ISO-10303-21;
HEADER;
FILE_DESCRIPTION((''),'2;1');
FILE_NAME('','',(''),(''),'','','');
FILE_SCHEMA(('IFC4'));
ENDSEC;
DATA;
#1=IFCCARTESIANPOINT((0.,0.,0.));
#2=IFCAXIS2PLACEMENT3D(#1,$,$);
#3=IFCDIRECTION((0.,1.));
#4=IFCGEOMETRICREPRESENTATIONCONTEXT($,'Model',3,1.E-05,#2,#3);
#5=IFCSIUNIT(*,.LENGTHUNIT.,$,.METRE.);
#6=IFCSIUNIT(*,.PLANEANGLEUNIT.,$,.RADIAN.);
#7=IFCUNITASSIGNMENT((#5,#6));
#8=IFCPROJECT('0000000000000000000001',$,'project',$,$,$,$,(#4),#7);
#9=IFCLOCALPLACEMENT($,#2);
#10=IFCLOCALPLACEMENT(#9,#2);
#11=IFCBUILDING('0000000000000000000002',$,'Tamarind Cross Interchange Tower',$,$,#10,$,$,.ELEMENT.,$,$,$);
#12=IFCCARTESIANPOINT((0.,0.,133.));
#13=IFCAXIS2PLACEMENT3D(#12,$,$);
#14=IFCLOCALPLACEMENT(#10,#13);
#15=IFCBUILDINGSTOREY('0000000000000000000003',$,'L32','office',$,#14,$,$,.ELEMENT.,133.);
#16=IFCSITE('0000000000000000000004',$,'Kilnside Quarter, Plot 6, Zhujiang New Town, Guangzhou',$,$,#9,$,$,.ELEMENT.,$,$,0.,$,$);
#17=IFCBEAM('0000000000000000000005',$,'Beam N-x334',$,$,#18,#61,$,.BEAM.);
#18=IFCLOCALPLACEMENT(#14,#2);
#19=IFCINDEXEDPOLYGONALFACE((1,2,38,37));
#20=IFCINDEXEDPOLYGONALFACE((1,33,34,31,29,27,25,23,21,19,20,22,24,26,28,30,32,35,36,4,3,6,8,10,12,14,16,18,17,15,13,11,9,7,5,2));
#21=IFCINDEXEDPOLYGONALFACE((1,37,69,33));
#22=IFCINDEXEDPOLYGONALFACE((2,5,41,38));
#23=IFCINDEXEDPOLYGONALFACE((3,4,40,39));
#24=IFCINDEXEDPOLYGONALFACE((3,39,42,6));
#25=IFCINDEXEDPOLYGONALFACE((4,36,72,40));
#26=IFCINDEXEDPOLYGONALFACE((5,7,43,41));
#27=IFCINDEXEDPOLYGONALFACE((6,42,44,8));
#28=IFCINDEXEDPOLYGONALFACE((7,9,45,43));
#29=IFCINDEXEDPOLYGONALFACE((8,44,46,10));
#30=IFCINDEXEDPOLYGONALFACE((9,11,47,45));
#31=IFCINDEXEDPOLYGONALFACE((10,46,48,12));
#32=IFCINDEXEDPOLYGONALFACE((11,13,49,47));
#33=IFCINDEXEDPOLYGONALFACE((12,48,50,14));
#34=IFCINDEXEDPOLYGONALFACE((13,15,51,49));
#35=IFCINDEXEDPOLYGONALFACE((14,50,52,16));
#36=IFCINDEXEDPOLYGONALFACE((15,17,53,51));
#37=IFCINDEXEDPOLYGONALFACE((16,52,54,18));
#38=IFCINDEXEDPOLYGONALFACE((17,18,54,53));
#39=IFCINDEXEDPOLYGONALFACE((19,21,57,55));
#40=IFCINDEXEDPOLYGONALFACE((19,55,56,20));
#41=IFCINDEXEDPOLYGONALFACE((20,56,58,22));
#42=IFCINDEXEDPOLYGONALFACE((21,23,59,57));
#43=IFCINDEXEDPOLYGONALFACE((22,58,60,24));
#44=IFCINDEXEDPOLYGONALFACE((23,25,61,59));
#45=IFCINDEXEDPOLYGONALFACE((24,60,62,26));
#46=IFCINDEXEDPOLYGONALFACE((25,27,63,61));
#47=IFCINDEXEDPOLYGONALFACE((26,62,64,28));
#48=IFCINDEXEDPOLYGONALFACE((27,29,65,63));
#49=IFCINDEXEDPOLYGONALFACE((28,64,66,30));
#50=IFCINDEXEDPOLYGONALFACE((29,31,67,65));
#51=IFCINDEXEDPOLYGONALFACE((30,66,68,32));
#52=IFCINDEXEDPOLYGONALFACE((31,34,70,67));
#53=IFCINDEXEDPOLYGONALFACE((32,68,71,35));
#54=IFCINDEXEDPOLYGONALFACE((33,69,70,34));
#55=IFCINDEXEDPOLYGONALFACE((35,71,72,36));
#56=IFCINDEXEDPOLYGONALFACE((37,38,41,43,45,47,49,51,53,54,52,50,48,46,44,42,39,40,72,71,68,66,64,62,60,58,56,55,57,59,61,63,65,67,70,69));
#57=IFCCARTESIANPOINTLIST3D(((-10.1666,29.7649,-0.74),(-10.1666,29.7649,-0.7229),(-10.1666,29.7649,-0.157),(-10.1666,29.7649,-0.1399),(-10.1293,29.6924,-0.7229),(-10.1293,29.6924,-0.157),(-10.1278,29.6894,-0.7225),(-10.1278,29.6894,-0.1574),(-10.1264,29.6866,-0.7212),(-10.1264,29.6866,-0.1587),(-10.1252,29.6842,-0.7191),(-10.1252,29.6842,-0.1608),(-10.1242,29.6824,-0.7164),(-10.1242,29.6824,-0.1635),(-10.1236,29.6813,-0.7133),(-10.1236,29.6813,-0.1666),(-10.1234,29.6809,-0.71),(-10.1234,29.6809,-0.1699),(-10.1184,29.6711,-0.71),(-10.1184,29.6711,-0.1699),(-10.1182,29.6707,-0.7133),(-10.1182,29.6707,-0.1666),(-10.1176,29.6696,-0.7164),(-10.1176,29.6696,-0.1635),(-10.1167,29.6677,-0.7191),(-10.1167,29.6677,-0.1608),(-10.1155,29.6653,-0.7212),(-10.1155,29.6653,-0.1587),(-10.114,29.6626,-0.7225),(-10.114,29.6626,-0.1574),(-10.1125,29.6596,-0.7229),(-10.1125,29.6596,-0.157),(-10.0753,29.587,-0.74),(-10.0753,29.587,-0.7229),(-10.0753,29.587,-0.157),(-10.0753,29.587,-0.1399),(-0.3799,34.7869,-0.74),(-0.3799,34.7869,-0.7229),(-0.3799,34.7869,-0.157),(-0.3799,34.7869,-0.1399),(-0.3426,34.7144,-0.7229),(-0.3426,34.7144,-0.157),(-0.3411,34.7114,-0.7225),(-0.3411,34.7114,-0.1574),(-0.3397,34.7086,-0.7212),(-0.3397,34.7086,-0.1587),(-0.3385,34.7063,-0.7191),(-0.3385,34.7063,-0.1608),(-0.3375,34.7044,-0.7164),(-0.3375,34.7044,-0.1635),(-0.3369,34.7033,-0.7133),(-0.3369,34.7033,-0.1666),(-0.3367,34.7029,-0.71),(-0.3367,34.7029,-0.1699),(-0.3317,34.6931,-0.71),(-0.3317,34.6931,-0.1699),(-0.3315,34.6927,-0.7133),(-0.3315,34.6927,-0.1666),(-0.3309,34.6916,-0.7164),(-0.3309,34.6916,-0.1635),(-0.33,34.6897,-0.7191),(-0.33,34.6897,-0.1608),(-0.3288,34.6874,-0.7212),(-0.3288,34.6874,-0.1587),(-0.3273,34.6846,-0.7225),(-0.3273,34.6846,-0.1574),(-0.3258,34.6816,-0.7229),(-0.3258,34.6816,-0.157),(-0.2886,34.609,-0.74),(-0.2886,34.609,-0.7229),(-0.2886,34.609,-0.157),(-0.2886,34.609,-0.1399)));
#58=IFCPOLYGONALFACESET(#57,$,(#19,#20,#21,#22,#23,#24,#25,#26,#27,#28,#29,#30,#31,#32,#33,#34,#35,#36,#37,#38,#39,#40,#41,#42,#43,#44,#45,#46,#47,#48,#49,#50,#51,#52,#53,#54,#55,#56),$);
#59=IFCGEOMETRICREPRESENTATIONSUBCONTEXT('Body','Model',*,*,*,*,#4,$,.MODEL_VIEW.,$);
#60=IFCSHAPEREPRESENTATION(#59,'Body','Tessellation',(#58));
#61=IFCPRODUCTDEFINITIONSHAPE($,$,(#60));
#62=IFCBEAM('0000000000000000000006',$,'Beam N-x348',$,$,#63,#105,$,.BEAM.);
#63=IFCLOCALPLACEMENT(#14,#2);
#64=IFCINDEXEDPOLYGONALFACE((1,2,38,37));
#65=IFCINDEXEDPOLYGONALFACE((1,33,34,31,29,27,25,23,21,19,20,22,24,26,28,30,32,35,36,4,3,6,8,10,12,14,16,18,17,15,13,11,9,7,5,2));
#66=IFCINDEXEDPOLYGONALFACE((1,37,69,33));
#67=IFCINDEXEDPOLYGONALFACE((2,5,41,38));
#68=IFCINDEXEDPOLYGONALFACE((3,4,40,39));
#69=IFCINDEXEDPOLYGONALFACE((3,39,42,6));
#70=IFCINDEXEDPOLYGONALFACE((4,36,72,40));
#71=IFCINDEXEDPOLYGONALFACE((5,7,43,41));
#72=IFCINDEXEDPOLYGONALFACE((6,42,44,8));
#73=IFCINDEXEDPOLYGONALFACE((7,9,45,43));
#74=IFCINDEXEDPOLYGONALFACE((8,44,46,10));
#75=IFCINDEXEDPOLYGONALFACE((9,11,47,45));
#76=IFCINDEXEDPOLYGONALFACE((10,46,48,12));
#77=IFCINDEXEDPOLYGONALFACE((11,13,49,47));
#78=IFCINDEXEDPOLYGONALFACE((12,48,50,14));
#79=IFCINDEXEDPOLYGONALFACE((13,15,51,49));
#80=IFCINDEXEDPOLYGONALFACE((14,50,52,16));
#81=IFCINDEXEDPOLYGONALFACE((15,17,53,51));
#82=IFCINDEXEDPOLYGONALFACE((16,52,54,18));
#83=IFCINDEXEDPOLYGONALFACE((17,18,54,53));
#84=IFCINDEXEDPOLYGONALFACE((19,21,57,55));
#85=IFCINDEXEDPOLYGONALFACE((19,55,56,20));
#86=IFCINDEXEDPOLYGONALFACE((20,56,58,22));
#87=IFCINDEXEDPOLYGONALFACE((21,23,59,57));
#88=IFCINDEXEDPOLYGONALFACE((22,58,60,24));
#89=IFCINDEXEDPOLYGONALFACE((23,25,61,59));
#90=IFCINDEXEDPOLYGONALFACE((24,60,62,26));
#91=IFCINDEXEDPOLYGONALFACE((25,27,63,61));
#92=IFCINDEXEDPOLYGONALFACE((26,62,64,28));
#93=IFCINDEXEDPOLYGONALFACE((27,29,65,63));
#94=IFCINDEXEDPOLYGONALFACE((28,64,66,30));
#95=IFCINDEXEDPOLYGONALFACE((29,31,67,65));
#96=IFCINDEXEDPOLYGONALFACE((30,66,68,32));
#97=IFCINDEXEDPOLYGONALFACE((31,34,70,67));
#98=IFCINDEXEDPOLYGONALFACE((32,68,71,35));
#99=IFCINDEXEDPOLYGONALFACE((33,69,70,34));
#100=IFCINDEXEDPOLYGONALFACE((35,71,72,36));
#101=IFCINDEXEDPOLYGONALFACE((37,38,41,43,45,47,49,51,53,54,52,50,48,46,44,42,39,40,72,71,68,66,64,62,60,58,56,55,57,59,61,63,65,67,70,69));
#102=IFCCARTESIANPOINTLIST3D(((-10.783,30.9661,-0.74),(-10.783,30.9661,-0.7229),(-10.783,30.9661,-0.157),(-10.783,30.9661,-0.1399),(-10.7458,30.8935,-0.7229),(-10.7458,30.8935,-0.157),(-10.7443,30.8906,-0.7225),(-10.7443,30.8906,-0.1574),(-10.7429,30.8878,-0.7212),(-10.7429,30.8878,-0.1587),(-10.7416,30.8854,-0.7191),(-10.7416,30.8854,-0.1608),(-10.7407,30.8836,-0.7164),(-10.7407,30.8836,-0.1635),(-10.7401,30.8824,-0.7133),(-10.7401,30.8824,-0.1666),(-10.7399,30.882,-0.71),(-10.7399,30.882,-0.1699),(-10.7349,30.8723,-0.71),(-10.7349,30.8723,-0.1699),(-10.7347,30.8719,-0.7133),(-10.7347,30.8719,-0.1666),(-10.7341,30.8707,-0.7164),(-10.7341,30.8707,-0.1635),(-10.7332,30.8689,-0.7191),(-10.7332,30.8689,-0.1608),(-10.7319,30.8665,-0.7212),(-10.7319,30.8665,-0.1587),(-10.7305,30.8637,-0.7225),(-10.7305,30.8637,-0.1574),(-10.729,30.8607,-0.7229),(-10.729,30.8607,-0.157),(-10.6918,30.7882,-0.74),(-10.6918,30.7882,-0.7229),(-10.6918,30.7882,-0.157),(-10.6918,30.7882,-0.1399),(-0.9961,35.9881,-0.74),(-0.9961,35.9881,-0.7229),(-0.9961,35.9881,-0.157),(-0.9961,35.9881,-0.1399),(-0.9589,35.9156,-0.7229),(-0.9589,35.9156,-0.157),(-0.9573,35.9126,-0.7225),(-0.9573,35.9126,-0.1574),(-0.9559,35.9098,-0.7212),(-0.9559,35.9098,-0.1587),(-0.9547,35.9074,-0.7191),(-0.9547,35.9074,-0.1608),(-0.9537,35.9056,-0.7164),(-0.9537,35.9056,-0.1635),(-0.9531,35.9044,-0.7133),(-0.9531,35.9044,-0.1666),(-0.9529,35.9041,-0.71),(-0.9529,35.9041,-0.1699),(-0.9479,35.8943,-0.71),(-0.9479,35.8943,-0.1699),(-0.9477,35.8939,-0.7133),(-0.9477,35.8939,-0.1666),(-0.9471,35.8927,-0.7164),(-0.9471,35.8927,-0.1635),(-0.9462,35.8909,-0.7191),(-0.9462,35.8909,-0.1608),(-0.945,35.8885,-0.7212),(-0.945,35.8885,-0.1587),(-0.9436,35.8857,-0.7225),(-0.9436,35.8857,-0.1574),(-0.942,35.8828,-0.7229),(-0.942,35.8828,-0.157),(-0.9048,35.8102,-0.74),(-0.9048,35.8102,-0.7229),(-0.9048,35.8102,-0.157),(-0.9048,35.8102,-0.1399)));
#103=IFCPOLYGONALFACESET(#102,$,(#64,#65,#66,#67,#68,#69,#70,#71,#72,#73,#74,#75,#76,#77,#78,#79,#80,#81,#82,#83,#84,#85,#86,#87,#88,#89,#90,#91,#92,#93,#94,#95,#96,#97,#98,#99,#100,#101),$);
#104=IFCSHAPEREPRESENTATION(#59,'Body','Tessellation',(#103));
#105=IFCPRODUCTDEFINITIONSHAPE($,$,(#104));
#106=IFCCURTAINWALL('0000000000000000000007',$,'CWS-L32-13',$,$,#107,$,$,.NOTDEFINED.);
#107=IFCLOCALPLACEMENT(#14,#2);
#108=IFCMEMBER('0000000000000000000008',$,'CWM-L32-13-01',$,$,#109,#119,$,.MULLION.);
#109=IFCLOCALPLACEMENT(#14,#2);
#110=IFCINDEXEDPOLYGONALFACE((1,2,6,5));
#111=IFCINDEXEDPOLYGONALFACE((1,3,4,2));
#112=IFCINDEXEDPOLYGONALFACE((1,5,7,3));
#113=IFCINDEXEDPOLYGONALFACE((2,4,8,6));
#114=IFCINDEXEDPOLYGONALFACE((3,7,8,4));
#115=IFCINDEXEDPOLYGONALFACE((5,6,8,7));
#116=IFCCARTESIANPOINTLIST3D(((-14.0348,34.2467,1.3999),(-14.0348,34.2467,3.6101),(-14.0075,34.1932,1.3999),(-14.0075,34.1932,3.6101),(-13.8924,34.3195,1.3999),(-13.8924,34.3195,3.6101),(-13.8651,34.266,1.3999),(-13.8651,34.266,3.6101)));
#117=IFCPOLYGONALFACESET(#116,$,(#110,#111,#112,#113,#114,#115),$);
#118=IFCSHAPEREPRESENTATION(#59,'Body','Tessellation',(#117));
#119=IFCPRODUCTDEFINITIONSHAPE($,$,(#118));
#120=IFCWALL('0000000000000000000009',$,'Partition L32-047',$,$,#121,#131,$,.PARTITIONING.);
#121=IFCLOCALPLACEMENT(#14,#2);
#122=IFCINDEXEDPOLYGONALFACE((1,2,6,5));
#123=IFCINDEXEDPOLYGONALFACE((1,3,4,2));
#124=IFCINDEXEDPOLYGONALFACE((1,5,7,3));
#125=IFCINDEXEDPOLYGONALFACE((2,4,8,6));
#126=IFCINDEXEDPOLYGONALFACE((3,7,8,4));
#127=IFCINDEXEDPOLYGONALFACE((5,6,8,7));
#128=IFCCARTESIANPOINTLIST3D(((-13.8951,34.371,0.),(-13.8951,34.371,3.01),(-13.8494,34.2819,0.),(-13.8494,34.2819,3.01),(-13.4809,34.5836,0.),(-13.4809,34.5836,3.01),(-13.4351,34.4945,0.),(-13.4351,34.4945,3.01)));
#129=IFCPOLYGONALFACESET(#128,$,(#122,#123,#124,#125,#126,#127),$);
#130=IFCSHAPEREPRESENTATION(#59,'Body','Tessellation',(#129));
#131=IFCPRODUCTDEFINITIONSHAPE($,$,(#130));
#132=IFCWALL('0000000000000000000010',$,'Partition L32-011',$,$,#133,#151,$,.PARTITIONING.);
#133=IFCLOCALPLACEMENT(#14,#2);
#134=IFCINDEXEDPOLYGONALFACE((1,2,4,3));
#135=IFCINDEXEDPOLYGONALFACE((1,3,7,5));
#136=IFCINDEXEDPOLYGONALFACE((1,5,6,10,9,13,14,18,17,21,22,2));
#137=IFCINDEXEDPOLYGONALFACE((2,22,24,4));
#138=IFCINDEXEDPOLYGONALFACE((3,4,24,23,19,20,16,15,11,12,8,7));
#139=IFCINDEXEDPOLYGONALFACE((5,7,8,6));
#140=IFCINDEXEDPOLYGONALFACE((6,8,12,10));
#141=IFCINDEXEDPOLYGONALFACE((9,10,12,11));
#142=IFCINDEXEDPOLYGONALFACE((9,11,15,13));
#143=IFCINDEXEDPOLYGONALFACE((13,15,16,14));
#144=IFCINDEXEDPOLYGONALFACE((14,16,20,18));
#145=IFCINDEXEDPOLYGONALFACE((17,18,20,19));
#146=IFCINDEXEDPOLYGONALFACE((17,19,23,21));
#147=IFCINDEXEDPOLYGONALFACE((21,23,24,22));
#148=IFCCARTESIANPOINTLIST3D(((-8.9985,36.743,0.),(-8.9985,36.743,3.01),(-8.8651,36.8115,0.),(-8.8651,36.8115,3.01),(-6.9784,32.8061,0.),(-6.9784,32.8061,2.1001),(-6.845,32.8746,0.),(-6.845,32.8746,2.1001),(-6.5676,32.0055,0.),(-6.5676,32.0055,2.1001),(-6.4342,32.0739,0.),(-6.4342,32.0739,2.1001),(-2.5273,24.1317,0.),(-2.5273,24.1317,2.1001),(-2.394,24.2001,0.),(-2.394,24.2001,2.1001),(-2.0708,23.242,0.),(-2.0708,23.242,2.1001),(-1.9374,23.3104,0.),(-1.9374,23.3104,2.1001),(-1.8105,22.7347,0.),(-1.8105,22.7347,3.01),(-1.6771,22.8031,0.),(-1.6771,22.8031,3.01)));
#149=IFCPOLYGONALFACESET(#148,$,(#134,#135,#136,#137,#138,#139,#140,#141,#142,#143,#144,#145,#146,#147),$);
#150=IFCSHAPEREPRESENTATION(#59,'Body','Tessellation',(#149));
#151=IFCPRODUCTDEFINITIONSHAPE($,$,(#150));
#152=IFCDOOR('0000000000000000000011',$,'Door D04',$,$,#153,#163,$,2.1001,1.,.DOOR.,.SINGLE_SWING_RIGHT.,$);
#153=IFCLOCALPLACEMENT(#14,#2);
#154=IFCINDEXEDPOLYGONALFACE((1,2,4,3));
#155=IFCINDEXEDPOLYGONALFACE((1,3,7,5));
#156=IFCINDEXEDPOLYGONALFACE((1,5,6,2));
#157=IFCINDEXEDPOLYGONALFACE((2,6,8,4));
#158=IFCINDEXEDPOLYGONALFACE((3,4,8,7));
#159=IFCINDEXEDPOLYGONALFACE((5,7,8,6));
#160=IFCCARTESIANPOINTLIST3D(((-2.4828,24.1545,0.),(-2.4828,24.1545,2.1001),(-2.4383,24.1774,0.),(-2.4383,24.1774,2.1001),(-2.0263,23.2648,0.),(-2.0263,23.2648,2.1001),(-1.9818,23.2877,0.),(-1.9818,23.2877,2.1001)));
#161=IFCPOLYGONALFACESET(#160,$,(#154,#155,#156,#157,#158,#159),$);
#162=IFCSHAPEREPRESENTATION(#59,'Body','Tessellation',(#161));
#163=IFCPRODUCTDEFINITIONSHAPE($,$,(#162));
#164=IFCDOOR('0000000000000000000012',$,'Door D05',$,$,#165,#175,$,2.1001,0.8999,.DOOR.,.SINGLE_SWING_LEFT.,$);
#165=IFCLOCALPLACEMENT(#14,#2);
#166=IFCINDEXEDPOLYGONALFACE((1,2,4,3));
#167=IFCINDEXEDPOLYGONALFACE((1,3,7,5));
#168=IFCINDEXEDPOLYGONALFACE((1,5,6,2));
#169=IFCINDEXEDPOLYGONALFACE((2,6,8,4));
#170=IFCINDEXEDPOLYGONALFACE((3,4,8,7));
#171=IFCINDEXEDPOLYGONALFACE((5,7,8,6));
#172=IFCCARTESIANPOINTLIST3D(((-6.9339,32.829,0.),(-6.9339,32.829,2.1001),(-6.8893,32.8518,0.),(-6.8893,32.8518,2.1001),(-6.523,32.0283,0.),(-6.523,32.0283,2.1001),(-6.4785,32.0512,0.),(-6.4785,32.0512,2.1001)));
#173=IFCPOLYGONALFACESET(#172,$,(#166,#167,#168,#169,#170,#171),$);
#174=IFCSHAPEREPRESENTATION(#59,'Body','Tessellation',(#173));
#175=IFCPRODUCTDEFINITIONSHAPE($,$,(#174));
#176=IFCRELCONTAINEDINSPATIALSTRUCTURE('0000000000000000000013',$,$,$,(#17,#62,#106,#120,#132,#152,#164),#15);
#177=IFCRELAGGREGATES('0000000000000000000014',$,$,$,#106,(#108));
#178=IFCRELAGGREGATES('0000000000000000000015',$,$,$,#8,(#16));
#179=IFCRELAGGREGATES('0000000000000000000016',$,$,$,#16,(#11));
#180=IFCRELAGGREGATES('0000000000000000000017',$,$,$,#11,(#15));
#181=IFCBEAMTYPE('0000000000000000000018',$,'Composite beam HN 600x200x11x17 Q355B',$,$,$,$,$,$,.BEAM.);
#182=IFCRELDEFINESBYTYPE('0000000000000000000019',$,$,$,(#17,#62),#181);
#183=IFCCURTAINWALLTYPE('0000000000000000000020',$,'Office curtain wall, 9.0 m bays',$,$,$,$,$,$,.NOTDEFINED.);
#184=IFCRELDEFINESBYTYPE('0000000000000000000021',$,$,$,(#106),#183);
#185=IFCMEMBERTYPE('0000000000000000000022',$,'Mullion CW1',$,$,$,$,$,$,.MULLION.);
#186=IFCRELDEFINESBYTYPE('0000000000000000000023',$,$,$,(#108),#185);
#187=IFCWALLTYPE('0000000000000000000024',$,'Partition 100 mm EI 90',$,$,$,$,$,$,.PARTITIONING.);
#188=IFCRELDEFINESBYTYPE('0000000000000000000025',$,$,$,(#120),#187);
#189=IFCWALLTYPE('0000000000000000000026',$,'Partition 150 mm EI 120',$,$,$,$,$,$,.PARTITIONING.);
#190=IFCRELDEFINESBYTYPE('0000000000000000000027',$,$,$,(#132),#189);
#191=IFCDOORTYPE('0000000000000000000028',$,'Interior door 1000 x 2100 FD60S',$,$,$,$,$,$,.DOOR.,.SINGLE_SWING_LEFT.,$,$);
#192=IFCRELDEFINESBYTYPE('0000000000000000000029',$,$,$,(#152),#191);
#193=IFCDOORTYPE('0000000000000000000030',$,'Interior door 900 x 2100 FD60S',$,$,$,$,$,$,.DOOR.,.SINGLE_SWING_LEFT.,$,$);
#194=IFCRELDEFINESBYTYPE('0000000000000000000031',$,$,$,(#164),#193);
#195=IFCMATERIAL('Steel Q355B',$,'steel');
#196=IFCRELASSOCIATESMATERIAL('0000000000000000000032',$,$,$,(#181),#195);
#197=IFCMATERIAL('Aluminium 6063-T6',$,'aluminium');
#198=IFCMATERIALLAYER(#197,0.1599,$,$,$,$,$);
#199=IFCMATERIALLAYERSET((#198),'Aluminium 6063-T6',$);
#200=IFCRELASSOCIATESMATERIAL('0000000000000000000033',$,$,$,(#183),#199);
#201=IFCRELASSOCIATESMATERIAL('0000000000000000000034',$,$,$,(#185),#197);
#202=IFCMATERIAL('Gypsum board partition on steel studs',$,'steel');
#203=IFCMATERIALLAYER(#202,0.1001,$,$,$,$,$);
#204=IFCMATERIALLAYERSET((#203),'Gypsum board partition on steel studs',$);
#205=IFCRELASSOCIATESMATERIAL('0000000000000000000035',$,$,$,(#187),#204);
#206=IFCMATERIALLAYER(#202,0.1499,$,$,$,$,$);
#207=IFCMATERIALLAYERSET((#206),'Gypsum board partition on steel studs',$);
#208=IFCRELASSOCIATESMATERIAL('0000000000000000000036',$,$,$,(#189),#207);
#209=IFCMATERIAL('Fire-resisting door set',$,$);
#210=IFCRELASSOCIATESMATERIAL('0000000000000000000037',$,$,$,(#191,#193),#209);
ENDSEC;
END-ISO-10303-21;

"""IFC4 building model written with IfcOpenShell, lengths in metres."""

from ifc_helpers import new_model, si_unit, direction, frame, frame_2d, origin, origin_2d, place, context, subcontext, project, spatial, rectangle, i_section, extrude, material, layer, layer_set, material_profile, profile_set, type_object, element, fill, aggregate, save


model = new_model("IFC4")

# Units and contexts
model_context = context("Model", 3, precision=1e-05, world=origin(), true_north=direction((0.0, 1.0)))
body_context = subcontext(model_context, "Body", "Model", "MODEL_VIEW")
ifc_project = project(units=[si_unit("LENGTHUNIT", "METRE"), si_unit("PLANEANGLEUNIT", "RADIAN")], contexts=[model_context])

# Site, building, storey
site_placement = place(None, origin())
site = spatial("IfcSite", under=ifc_project, at=site_placement, Name="Kilnside Quarter, Plot 6, Zhujiang New Town, Guangzhou", CompositionType="ELEMENT", RefElevation=0.0)
building_placement = place(site_placement, origin())
building = spatial("IfcBuilding", under=site, at=building_placement, Name="Tamarind Cross Interchange Tower", CompositionType="ELEMENT")
storey_placement = place(building_placement, frame((0.0, 0.0, 133.0)))
storey = spatial("IfcBuildingStorey", under=building, at=storey_placement, Name="L32", Description="office", CompositionType="ELEMENT", Elevation=133.0)

# Beams
ifc_material_1 = material(Name="Steel Q355B", Category="steel")
ifc_material_profile_1 = material_profile(ifc_material_1, i_section(OverallWidth=0.2, OverallDepth=0.6001, WebThickness=0.011, FlangeThickness=0.0171, FilletRadius=0.0129, at=origin_2d()), Name="HN 600x200x11x17")
ifc_profile_set_1 = profile_set([ifc_material_profile_1], Name="Steel Q355B")
beam_type_1 = type_object("IfcBeamType", Name="Composite beam HN 600x200x11x17 Q355B", PredefinedType="BEAM", material=ifc_profile_set_1)
beam_1_placement = place(storey_placement, frame((-0.3342, 34.698, -0.4399), z_axis=(-0.8897, -0.456546, 0.0), x_axis=(0.456546, -0.8897, 0.0)))
element("IfcBeam", 1, at=beam_1_placement, inside=storey, type_object=beam_type_1, Name="Beam N-x334", PredefinedType="BEAM", context=body_context, shape_type="SweptSolid", body=[
    extrude(i_section(OverallWidth=0.2, OverallDepth=0.6001, WebThickness=0.011, FlangeThickness=0.0171, FilletRadius=0.0129, at=origin_2d()), origin(), (0.0, 0.0, 1.0), 11.0),
])
beam_2_placement = place(storey_placement, frame((-0.9504, 35.8992, -0.4399), z_axis=(-0.889704, -0.456537, 0.0), x_axis=(0.456537, -0.889704, 0.0)))
element("IfcBeam", 2, at=beam_2_placement, inside=storey, type_object=beam_type_1, Name="Beam N-x348", PredefinedType="BEAM", context=body_context, shape_type="SweptSolid", body=[
    extrude(i_section(OverallWidth=0.2, OverallDepth=0.6001, WebThickness=0.011, FlangeThickness=0.0171, FilletRadius=0.0129, at=origin_2d()), origin(), (0.0, 0.0, 1.0), 11.0002),
])

# Curtain wall, member
ifc_material_2 = material(Name="Aluminium 6063-T6", Category="aluminium")
ifc_layer_1 = layer(ifc_material_2, 0.1599)
ifc_layer_set_1 = layer_set([ifc_layer_1], Name="Aluminium 6063-T6")
curtain_wall_type = type_object("IfcCurtainWallType", Name="Office curtain wall, 9.0 m bays", PredefinedType="NOTDEFINED", material=ifc_layer_set_1)
curtain_wall_placement = place(storey_placement, origin())
curtain_wall = element("IfcCurtainWall", 3, at=curtain_wall_placement, inside=storey, type_object=curtain_wall_type, Name="CWS-L32-13", PredefinedType="NOTDEFINED")
ifc_material_profile_2 = material_profile(ifc_material_2, rectangle(XDim=0.0601, YDim=0.1599, at=origin_2d()), Name="Mullion CW1")
ifc_profile_set_2 = profile_set([ifc_material_profile_2], Name="Aluminium 6063-T6")
member_type = type_object("IfcMemberType", Name="Mullion CW1", PredefinedType="MULLION", material=ifc_profile_set_2)
member_placement = place(storey_placement, frame((-13.95, 34.2563, 1.3999), z_axis=(0.0, 0.0, 1.0), x_axis=(0.454847, -0.89057, 0.0)))
member = element("IfcMember", 4, at=member_placement, type_object=member_type, Name="CWM-L32-13-01", PredefinedType="MULLION", context=body_context, shape_type="SweptSolid", body=[
    extrude(rectangle(XDim=0.0601, YDim=0.1599, at=origin_2d()), origin(), (0.0, 0.0, 1.0), 2.2102),
])
aggregate(curtain_wall, [member])

# Wall
ifc_material_3 = material(Name="Gypsum board partition on steel studs", Category="steel")
ifc_layer_2 = layer(ifc_material_3, 0.1001)
ifc_layer_set_2 = layer_set([ifc_layer_2], Name="Gypsum board partition on steel studs")
wall_type_1 = type_object("IfcWallType", Name="Partition 100 mm EI 90", PredefinedType="PARTITIONING", material=ifc_layer_set_2)
wall_1_placement = place(storey_placement, frame((-13.8723, 34.3264, 0.0), z_axis=(0.0, 0.0, 1.0), x_axis=(0.889659, 0.456625, 0.0)))
element("IfcWall", 5, at=wall_1_placement, inside=storey, type_object=wall_type_1, Name="Partition L32-047", PredefinedType="PARTITIONING", context=body_context, shape_type="SweptSolid", body=[
    extrude(rectangle(XDim=0.4656, YDim=0.1001, at=frame_2d((0.2329, 0.0))), origin(), (0.0, 0.0, 1.0), 3.01),
])

# Wall, openings, doors
ifc_layer_3 = layer(ifc_material_3, 0.1499)
ifc_layer_set_3 = layer_set([ifc_layer_3], Name="Gypsum board partition on steel studs")
wall_type_2 = type_object("IfcWallType", Name="Partition 150 mm EI 120", PredefinedType="PARTITIONING", material=ifc_layer_set_3)
wall_2_placement = place(storey_placement, frame((-8.9319, 36.7773, 0.0), z_axis=(0.0, 0.0, 1.0), x_axis=(0.45653, -0.889708, 0.0)))
wall_2 = element("IfcWall", 6, at=wall_2_placement, inside=storey, type_object=wall_type_2, Name="Partition L32-011", PredefinedType="PARTITIONING", context=body_context, shape_type="SweptSolid", body=[
    extrude(rectangle(XDim=15.7449, YDim=0.1499, at=frame_2d((7.8726, 0.0))), origin(), (0.0, 0.0, 1.0), 3.01),
])
opening_1_placement = place(wall_2_placement, frame((14.1748, 0.0, 0.0)))
opening_1 = element("IfcOpeningElement", 7, at=opening_1_placement, cuts=wall_2, PredefinedType="OPENING", context=body_context, shape_type="SweptSolid", body=[
    extrude(rectangle(XDim=1.0, YDim=2.1001, at=frame_2d((0.5, 1.05))), frame((0.0, 0.085, 0.0), z_axis=(0.0, -1.0, 0.0), x_axis=(1.0, 0.0, 0.0)), (0.0, 0.0, 1.0), 0.1699),
])
opening_2_placement = place(wall_2_placement, frame((4.425, 0.0, 0.0)))
opening_2 = element("IfcOpeningElement", 8, at=opening_2_placement, cuts=wall_2, PredefinedType="OPENING", context=body_context, shape_type="SweptSolid", body=[
    extrude(rectangle(XDim=0.8999, YDim=2.1001, at=frame_2d((0.45, 1.05))), frame((0.0, 0.085, 0.0), z_axis=(0.0, -1.0, 0.0), x_axis=(1.0, 0.0, 0.0)), (0.0, 0.0, 1.0), 0.1699),
])
ifc_material_4 = material(Name="Fire-resisting door set")
door_type_1 = type_object("IfcDoorType", Name="Interior door 1000 x 2100 FD60S", OperationType="SINGLE_SWING_LEFT", PredefinedType="DOOR", material=ifc_material_4)
door_1_placement = place(opening_1_placement, frame((1.0, 0.0, 0.0), z_axis=(0.0, 0.0, 1.0), x_axis=(-1.0, 0.0, 0.0)))
door_1 = element("IfcDoor", 9, at=door_1_placement, inside=storey, type_object=door_type_1, Name="Door D04", OperationType="SINGLE_SWING_RIGHT", OverallHeight=2.1001, OverallWidth=1.0, PredefinedType="DOOR", context=body_context, shape_type="SweptSolid", body=[
    extrude(rectangle(XDim=1.0, YDim=2.1001, at=frame_2d((0.5, 1.05))), frame((0.0, 0.0249, 0.0), z_axis=(0.0, -1.0, 0.0), x_axis=(1.0, 0.0, 0.0)), (0.0, 0.0, 1.0), 0.05),
])
fill(opening_1, door_1)
door_type_2 = type_object("IfcDoorType", Name="Interior door 900 x 2100 FD60S", OperationType="SINGLE_SWING_LEFT", PredefinedType="DOOR", material=ifc_material_4)
door_2_placement = place(opening_2_placement, frame((0.8999, 0.0, 0.0), z_axis=(0.0, 0.0, 1.0), x_axis=(-1.0, 0.0, 0.0)))
door_2 = element("IfcDoor", 10, at=door_2_placement, inside=storey, type_object=door_type_2, Name="Door D05", OperationType="SINGLE_SWING_LEFT", OverallHeight=2.1001, OverallWidth=0.8999, PredefinedType="DOOR", context=body_context, shape_type="SweptSolid", body=[
    extrude(rectangle(XDim=0.8999, YDim=2.1001, at=frame_2d((0.45, 1.05))), frame((0.0, 0.0249, 0.0), z_axis=(0.0, -1.0, 0.0), x_axis=(1.0, 0.0, 0.0)), (0.0, 0.0, 1.0), 0.05),
])
fill(opening_2, door_2)

save(model, "model.ifc")
